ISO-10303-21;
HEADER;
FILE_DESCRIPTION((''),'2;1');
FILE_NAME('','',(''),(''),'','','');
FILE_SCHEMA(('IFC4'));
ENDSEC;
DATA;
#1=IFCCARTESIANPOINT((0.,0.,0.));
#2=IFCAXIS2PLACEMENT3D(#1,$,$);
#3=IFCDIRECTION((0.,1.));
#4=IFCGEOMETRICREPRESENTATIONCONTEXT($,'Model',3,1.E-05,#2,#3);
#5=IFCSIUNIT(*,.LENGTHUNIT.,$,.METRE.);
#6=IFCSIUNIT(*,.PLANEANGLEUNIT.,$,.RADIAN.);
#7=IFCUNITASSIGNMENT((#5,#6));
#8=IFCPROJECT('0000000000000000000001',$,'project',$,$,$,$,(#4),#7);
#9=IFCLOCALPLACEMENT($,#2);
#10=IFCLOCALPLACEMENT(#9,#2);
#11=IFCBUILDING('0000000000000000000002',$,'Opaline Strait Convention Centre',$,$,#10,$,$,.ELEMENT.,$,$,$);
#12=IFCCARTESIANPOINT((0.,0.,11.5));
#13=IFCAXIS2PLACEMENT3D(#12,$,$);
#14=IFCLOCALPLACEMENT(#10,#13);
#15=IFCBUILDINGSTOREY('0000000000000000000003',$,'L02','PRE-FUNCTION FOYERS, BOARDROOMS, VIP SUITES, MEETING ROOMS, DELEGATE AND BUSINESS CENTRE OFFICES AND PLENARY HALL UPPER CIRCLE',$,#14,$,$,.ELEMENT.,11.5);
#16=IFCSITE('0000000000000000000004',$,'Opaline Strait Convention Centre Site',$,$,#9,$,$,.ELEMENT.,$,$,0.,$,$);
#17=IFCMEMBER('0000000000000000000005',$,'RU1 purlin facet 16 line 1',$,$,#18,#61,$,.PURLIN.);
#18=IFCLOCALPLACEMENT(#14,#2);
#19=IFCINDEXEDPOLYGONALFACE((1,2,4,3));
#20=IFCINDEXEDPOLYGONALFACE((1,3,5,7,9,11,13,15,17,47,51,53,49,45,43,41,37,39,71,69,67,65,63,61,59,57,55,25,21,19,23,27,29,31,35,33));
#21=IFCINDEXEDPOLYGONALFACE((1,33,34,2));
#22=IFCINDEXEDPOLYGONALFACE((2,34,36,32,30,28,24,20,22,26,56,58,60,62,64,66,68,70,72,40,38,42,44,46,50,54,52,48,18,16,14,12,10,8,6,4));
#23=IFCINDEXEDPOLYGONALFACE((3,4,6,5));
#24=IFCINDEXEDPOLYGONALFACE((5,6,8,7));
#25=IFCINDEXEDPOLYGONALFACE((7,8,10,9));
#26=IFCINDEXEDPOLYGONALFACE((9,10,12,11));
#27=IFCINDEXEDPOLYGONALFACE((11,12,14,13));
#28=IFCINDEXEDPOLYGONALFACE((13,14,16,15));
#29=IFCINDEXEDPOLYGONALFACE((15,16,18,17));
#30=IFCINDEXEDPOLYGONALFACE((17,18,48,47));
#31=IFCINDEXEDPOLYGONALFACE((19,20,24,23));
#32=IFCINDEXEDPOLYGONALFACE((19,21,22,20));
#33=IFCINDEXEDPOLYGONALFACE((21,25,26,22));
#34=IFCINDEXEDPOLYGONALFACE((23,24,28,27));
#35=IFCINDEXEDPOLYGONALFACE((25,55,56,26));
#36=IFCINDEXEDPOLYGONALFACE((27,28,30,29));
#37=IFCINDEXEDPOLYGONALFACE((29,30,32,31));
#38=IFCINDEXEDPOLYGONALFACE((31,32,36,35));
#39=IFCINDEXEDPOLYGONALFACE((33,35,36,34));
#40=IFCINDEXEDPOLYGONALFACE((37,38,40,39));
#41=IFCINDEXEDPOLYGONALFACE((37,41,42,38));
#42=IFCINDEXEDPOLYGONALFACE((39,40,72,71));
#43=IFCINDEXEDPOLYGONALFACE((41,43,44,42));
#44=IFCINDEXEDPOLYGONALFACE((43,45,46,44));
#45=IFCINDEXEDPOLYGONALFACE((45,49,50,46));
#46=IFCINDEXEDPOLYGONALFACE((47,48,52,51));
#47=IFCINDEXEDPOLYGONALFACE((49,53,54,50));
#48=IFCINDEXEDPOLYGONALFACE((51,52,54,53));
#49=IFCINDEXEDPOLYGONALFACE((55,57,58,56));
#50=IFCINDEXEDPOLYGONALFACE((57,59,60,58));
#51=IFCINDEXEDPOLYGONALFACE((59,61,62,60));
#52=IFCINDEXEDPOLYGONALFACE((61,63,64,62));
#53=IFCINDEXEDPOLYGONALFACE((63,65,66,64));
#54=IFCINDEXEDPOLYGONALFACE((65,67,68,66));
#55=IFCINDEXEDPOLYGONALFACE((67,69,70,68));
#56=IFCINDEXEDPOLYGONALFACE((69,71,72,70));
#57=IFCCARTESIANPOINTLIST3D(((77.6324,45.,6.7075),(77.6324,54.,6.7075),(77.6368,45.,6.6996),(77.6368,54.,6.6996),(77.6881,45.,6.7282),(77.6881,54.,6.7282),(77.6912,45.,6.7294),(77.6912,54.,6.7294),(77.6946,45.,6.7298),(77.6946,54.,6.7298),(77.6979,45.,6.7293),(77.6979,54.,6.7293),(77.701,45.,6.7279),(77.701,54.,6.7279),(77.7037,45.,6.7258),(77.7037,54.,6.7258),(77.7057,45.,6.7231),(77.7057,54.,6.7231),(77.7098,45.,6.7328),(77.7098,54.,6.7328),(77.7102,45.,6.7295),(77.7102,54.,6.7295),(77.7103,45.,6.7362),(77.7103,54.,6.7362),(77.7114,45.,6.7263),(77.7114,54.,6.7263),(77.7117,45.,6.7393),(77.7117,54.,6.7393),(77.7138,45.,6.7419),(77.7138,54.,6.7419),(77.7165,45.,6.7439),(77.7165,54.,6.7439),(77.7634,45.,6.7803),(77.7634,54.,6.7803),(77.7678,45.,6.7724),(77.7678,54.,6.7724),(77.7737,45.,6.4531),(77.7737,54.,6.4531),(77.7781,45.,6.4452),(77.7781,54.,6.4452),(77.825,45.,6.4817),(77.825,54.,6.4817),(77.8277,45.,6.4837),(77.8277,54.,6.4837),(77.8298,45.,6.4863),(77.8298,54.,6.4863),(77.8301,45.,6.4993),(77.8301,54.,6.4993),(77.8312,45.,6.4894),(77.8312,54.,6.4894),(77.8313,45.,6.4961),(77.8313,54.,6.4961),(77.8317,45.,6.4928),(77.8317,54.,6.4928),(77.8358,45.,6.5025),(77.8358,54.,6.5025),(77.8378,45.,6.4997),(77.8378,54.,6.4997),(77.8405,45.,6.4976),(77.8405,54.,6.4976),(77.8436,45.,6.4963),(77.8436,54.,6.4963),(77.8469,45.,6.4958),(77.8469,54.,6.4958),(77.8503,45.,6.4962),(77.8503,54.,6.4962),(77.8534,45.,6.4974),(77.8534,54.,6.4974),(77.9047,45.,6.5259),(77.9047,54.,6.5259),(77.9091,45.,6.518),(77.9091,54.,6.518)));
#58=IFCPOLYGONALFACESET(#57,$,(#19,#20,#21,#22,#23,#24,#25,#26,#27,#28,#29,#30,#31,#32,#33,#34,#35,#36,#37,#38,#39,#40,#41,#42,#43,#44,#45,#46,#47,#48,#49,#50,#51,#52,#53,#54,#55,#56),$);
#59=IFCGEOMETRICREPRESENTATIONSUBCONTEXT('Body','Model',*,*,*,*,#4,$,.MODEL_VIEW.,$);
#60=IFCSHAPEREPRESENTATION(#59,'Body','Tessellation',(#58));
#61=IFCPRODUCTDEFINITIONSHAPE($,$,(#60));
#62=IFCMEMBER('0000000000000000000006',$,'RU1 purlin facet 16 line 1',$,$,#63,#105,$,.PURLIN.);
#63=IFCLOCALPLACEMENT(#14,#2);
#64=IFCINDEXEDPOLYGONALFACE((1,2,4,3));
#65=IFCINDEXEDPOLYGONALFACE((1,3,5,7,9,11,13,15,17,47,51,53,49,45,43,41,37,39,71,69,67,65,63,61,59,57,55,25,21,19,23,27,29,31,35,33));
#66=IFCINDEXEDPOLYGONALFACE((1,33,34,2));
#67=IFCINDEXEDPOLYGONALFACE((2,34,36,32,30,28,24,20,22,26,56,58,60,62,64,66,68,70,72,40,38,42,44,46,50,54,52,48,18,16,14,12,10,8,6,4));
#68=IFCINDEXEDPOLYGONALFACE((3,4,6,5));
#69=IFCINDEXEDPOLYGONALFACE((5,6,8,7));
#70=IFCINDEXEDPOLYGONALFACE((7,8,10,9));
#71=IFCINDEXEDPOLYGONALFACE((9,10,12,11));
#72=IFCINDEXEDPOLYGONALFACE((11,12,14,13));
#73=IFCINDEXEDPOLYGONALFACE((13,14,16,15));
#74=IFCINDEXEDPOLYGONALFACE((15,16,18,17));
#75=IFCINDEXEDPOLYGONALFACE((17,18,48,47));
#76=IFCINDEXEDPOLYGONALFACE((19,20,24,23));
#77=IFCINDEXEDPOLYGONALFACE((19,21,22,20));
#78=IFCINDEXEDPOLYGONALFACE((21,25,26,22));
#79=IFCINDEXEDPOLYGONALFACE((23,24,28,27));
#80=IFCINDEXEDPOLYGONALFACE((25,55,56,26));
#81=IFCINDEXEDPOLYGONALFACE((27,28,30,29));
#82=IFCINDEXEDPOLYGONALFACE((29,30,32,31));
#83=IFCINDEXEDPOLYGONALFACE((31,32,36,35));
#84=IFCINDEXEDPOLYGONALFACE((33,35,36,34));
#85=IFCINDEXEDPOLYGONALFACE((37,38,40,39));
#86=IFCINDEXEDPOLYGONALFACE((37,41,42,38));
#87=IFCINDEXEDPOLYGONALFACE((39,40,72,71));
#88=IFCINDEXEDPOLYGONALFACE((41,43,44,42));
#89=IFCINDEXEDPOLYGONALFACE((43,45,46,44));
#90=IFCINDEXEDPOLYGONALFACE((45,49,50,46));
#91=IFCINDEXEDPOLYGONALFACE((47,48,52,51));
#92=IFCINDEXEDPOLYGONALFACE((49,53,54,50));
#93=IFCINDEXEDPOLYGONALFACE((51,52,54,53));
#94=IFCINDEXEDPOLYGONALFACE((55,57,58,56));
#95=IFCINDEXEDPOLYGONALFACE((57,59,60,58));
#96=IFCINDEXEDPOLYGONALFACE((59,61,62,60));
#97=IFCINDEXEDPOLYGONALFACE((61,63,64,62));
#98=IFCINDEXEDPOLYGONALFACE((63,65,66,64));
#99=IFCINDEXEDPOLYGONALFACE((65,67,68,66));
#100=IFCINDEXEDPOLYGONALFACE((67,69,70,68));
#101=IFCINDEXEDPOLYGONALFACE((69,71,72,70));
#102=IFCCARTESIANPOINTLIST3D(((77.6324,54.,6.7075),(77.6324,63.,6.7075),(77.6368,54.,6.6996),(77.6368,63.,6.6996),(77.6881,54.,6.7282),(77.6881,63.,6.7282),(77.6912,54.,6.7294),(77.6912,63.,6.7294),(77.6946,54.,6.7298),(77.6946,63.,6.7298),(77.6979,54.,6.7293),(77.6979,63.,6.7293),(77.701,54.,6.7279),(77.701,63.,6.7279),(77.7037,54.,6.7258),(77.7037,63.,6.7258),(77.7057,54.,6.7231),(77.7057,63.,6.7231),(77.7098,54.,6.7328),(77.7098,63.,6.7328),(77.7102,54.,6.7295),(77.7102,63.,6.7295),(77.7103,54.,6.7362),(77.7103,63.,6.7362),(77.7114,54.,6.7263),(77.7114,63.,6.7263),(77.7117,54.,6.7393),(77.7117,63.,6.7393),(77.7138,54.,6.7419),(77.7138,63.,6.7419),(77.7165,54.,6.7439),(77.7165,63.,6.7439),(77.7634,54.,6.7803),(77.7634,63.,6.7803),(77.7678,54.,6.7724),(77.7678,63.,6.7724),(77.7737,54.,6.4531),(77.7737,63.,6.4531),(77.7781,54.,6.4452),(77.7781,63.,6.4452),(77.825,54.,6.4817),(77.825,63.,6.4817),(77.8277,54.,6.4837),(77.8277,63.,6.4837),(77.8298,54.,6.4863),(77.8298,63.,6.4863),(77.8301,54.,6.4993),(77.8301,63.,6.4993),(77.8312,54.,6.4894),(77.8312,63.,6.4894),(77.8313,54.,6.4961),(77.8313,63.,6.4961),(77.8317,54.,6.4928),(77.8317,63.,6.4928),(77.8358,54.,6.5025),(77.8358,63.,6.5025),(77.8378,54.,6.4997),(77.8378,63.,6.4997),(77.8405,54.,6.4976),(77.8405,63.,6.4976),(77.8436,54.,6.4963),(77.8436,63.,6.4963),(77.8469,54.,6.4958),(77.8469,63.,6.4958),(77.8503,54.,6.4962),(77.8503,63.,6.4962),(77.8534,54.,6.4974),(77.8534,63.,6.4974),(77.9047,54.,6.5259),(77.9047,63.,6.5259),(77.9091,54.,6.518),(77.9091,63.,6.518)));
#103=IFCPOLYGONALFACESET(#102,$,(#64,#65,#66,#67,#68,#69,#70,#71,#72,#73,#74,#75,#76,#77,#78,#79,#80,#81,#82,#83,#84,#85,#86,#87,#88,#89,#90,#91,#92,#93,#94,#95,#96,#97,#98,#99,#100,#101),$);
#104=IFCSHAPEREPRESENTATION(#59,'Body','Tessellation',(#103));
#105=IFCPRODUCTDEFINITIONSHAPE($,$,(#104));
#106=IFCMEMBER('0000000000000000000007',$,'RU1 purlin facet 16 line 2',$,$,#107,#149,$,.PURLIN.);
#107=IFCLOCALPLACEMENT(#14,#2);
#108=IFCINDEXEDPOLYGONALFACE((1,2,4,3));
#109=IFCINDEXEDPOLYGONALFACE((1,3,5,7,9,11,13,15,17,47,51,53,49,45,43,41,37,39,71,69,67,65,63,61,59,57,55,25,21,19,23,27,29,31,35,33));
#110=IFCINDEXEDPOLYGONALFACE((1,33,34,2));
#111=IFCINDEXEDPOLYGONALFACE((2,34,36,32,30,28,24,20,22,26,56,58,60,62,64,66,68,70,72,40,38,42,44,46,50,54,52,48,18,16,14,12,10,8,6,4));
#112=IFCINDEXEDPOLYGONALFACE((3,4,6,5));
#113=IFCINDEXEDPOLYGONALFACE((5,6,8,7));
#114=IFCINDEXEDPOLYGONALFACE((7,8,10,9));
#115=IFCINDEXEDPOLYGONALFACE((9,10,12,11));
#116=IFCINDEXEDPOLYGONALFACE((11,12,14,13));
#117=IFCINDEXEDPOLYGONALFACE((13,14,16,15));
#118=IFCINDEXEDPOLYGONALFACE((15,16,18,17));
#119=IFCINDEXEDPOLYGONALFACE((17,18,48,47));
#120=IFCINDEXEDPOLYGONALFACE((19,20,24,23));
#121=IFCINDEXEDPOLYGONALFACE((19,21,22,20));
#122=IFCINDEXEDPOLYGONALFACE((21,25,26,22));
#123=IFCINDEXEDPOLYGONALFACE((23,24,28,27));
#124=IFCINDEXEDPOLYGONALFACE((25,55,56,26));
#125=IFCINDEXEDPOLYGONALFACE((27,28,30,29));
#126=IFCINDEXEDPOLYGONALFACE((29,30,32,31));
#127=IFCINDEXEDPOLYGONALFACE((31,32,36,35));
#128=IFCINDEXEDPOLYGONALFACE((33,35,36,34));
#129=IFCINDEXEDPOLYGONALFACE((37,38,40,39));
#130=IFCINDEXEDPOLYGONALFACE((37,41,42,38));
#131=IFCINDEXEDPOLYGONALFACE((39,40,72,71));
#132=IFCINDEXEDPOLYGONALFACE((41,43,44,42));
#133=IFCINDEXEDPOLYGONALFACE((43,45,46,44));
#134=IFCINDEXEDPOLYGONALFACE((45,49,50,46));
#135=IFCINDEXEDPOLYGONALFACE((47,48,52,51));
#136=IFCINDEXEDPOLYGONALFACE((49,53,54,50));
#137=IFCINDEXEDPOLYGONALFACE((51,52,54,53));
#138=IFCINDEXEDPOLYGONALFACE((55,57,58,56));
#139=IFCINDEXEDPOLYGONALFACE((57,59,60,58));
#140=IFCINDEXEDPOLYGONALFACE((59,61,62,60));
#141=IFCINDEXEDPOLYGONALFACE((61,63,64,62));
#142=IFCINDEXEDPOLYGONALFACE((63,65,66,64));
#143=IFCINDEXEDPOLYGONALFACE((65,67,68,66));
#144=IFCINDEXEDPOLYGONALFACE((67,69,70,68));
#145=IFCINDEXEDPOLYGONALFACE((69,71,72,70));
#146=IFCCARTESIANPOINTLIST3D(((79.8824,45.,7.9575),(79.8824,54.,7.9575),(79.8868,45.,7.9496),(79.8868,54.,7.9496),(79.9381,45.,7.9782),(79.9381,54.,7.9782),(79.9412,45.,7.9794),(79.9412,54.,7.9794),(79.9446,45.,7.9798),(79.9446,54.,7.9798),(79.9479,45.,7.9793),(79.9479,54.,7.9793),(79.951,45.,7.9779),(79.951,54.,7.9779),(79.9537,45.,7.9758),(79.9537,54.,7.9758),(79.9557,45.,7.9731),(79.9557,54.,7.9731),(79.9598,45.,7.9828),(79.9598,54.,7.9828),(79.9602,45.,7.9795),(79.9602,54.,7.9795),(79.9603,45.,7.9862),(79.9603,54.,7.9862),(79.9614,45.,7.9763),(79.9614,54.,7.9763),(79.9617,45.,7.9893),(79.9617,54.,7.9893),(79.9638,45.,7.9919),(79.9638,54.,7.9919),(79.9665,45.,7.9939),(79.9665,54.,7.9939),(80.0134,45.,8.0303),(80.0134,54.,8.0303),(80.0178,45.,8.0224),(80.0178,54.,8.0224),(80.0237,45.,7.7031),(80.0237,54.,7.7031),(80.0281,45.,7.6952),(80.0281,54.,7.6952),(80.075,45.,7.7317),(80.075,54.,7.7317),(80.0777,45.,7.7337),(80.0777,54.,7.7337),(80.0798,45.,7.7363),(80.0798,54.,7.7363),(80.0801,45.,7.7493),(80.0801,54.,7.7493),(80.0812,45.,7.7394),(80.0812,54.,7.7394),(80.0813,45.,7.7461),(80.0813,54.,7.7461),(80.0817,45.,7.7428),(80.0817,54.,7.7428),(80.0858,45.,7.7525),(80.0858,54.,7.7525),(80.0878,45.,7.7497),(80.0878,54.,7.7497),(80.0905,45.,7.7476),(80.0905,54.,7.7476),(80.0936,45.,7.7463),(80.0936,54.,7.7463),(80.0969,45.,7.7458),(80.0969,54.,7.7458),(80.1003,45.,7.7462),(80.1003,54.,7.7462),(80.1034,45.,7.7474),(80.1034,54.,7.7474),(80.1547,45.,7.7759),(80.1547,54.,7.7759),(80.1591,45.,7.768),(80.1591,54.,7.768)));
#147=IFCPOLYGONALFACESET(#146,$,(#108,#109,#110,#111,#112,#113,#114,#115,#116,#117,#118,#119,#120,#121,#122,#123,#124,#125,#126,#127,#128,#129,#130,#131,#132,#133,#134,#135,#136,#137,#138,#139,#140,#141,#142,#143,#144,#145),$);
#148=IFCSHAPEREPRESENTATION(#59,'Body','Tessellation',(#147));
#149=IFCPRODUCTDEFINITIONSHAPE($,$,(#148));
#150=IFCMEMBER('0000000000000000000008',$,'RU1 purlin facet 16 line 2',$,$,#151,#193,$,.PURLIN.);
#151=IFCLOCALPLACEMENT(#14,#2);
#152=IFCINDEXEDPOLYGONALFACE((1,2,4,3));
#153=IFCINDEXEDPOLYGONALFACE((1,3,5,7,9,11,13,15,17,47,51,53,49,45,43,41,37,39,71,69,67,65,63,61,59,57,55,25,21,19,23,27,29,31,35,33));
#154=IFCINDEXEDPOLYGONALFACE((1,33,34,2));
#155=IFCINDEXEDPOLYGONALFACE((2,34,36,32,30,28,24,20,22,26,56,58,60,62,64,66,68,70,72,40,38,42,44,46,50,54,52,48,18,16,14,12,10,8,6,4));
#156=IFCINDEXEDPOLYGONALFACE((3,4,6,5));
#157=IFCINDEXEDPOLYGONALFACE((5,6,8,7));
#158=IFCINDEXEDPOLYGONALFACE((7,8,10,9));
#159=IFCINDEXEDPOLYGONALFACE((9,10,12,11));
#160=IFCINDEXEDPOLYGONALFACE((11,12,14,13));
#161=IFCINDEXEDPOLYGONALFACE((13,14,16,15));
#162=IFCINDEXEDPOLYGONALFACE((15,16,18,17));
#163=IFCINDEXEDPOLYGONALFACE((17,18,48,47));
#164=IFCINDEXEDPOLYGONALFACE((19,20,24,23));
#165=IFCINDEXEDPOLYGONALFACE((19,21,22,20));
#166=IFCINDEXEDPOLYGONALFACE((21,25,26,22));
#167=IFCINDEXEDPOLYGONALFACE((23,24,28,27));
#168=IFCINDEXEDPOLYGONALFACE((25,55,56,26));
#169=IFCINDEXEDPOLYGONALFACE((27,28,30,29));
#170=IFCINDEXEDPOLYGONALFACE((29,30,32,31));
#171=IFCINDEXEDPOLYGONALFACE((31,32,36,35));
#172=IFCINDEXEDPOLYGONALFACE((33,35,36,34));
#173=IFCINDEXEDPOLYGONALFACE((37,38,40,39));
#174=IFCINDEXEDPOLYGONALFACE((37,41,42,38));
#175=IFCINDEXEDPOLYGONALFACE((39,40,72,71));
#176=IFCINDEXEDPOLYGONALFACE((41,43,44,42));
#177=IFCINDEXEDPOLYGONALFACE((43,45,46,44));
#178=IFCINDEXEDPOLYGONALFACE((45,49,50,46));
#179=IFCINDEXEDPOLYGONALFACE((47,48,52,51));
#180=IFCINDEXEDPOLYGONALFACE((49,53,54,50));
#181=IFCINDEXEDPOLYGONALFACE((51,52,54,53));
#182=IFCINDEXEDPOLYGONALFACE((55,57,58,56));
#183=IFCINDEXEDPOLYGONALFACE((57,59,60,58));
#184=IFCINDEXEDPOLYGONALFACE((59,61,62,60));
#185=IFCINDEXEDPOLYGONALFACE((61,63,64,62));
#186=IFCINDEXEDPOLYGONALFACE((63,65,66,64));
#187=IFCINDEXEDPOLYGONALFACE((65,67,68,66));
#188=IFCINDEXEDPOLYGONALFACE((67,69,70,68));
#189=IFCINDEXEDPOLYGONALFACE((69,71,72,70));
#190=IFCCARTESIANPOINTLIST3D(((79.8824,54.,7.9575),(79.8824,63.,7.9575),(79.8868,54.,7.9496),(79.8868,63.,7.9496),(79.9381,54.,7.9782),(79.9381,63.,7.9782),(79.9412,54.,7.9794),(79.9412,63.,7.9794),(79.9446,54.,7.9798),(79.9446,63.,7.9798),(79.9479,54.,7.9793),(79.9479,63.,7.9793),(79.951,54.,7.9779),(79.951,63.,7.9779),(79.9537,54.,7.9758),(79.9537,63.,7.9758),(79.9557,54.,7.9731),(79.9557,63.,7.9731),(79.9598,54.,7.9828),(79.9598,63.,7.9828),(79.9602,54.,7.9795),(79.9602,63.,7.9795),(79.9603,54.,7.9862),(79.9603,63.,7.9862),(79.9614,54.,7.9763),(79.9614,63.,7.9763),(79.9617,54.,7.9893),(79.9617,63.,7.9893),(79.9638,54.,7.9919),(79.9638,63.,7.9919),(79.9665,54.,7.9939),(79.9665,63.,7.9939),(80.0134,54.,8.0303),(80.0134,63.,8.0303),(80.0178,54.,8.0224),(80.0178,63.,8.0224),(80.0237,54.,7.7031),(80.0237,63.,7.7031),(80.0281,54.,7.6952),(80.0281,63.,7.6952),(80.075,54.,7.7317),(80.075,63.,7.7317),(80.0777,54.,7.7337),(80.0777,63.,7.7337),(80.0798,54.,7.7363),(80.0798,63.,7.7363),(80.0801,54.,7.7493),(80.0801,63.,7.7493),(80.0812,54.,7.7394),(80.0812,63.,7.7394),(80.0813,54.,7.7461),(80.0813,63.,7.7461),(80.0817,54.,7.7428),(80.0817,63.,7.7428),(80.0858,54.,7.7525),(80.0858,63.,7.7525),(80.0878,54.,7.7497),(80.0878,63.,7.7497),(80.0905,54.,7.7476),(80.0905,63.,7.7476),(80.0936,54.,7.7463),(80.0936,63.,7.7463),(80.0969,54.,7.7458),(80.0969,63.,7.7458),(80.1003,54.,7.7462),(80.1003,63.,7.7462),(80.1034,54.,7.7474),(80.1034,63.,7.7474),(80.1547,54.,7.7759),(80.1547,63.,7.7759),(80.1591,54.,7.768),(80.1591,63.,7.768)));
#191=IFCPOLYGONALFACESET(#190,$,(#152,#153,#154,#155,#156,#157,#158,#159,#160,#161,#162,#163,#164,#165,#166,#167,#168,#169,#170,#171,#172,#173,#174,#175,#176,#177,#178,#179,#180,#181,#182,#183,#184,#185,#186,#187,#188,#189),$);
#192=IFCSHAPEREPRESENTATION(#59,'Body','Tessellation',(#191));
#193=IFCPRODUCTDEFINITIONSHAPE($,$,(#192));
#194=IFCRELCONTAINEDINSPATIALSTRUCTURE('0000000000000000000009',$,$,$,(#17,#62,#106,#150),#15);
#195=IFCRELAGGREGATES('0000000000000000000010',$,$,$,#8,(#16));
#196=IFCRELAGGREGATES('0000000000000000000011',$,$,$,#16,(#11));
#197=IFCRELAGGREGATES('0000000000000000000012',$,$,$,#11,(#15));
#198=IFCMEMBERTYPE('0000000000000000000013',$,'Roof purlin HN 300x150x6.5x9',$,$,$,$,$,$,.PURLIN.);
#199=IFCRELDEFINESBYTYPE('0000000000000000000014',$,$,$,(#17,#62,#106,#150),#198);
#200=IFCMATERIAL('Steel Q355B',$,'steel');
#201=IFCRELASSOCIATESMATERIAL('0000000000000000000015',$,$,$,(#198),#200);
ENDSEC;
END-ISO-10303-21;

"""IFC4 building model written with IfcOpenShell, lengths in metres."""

from ifc_helpers import new_model, si_unit, direction, frame, origin, origin_2d, place, context, subcontext, project, spatial, i_section, extrude, material, material_profile, profile_set, type_object, element, save


model = new_model("IFC4")

# Units and contexts
model_context = context("Model", 3, precision=1e-05, world=origin(), true_north=direction((0.0, 1.0)))
body_context = subcontext(model_context, "Body", "Model", "MODEL_VIEW")
ifc_project = project(units=[si_unit("LENGTHUNIT", "METRE"), si_unit("PLANEANGLEUNIT", "RADIAN")], contexts=[model_context])

# Site, building, storey
site_placement = place(None, origin())
site = spatial("IfcSite", under=ifc_project, at=site_placement, Name="Opaline Strait Convention Centre Site", CompositionType="ELEMENT", RefElevation=0.0)
building_placement = place(site_placement, origin())
building = spatial("IfcBuilding", under=site, at=building_placement, Name="Opaline Strait Convention Centre", CompositionType="ELEMENT")
storey_placement = place(building_placement, frame((0.0, 0.0, 11.5)))
storey = spatial("IfcBuildingStorey", under=building, at=storey_placement, Name="L02", Description="PRE-FUNCTION FOYERS, BOARDROOMS, VIP SUITES, MEETING ROOMS, DELEGATE AND BUSINESS CENTRE OFFICES AND PLENARY HALL UPPER CIRCLE", CompositionType="ELEMENT", Elevation=11.5)

# Shared definitions
ifc_material_1 = material(Name="Steel Q355B", Category="steel")

# Members
ifc_material_profile_1 = material_profile(ifc_material_1, i_section(OverallWidth=0.1499, OverallDepth=0.3, WebThickness=0.0066, FlangeThickness=0.009, FilletRadius=0.0129, at=origin_2d()), Name="HN 300x150x6.5x9")
ifc_profile_set_1 = profile_set([ifc_material_profile_1], Name="Steel Q355B")
member_type_1 = type_object("IfcMemberType", Name="Roof purlin HN 300x150x6.5x9", PredefinedType="PURLIN", material=ifc_profile_set_1)
for number, where, z_axis, x_axis, name in (
    (1, (77.7708, 45.0, 6.6128), (0.0, 1.0, 0.0), (-0.874157, 0.0, -0.485643), "RU1 purlin facet 16 line 1"),
    (2, (77.7708, 54.0, 6.6128), (0.0, 1.0, 0.0), (-0.874157, 0.0, -0.485643), "RU1 purlin facet 16 line 1"),
    (3, (80.0208, 45.0, 7.8628), (0.0, 1.0, 0.0), (-0.874157, 0.0, -0.485643), "RU1 purlin facet 16 line 2"),
    (4, (80.0208, 54.0, 7.8628), (0.0, 1.0, 0.0), (-0.874157, 0.0, -0.485643), "RU1 purlin facet 16 line 2"),
):
    element("IfcMember", number, at=place(storey_placement, frame(where, z_axis=z_axis, x_axis=x_axis)), inside=storey, type_object=member_type_1, Name=name, PredefinedType="PURLIN", context=body_context, shape_type="SweptSolid", body=[
        extrude(i_section(OverallWidth=0.1499, OverallDepth=0.3, WebThickness=0.0066, FlangeThickness=0.009, FilletRadius=0.0129, at=origin_2d()), origin(), (0.0, 0.0, 1.0), 9.0),
    ])

save(model, "model.ifc")
